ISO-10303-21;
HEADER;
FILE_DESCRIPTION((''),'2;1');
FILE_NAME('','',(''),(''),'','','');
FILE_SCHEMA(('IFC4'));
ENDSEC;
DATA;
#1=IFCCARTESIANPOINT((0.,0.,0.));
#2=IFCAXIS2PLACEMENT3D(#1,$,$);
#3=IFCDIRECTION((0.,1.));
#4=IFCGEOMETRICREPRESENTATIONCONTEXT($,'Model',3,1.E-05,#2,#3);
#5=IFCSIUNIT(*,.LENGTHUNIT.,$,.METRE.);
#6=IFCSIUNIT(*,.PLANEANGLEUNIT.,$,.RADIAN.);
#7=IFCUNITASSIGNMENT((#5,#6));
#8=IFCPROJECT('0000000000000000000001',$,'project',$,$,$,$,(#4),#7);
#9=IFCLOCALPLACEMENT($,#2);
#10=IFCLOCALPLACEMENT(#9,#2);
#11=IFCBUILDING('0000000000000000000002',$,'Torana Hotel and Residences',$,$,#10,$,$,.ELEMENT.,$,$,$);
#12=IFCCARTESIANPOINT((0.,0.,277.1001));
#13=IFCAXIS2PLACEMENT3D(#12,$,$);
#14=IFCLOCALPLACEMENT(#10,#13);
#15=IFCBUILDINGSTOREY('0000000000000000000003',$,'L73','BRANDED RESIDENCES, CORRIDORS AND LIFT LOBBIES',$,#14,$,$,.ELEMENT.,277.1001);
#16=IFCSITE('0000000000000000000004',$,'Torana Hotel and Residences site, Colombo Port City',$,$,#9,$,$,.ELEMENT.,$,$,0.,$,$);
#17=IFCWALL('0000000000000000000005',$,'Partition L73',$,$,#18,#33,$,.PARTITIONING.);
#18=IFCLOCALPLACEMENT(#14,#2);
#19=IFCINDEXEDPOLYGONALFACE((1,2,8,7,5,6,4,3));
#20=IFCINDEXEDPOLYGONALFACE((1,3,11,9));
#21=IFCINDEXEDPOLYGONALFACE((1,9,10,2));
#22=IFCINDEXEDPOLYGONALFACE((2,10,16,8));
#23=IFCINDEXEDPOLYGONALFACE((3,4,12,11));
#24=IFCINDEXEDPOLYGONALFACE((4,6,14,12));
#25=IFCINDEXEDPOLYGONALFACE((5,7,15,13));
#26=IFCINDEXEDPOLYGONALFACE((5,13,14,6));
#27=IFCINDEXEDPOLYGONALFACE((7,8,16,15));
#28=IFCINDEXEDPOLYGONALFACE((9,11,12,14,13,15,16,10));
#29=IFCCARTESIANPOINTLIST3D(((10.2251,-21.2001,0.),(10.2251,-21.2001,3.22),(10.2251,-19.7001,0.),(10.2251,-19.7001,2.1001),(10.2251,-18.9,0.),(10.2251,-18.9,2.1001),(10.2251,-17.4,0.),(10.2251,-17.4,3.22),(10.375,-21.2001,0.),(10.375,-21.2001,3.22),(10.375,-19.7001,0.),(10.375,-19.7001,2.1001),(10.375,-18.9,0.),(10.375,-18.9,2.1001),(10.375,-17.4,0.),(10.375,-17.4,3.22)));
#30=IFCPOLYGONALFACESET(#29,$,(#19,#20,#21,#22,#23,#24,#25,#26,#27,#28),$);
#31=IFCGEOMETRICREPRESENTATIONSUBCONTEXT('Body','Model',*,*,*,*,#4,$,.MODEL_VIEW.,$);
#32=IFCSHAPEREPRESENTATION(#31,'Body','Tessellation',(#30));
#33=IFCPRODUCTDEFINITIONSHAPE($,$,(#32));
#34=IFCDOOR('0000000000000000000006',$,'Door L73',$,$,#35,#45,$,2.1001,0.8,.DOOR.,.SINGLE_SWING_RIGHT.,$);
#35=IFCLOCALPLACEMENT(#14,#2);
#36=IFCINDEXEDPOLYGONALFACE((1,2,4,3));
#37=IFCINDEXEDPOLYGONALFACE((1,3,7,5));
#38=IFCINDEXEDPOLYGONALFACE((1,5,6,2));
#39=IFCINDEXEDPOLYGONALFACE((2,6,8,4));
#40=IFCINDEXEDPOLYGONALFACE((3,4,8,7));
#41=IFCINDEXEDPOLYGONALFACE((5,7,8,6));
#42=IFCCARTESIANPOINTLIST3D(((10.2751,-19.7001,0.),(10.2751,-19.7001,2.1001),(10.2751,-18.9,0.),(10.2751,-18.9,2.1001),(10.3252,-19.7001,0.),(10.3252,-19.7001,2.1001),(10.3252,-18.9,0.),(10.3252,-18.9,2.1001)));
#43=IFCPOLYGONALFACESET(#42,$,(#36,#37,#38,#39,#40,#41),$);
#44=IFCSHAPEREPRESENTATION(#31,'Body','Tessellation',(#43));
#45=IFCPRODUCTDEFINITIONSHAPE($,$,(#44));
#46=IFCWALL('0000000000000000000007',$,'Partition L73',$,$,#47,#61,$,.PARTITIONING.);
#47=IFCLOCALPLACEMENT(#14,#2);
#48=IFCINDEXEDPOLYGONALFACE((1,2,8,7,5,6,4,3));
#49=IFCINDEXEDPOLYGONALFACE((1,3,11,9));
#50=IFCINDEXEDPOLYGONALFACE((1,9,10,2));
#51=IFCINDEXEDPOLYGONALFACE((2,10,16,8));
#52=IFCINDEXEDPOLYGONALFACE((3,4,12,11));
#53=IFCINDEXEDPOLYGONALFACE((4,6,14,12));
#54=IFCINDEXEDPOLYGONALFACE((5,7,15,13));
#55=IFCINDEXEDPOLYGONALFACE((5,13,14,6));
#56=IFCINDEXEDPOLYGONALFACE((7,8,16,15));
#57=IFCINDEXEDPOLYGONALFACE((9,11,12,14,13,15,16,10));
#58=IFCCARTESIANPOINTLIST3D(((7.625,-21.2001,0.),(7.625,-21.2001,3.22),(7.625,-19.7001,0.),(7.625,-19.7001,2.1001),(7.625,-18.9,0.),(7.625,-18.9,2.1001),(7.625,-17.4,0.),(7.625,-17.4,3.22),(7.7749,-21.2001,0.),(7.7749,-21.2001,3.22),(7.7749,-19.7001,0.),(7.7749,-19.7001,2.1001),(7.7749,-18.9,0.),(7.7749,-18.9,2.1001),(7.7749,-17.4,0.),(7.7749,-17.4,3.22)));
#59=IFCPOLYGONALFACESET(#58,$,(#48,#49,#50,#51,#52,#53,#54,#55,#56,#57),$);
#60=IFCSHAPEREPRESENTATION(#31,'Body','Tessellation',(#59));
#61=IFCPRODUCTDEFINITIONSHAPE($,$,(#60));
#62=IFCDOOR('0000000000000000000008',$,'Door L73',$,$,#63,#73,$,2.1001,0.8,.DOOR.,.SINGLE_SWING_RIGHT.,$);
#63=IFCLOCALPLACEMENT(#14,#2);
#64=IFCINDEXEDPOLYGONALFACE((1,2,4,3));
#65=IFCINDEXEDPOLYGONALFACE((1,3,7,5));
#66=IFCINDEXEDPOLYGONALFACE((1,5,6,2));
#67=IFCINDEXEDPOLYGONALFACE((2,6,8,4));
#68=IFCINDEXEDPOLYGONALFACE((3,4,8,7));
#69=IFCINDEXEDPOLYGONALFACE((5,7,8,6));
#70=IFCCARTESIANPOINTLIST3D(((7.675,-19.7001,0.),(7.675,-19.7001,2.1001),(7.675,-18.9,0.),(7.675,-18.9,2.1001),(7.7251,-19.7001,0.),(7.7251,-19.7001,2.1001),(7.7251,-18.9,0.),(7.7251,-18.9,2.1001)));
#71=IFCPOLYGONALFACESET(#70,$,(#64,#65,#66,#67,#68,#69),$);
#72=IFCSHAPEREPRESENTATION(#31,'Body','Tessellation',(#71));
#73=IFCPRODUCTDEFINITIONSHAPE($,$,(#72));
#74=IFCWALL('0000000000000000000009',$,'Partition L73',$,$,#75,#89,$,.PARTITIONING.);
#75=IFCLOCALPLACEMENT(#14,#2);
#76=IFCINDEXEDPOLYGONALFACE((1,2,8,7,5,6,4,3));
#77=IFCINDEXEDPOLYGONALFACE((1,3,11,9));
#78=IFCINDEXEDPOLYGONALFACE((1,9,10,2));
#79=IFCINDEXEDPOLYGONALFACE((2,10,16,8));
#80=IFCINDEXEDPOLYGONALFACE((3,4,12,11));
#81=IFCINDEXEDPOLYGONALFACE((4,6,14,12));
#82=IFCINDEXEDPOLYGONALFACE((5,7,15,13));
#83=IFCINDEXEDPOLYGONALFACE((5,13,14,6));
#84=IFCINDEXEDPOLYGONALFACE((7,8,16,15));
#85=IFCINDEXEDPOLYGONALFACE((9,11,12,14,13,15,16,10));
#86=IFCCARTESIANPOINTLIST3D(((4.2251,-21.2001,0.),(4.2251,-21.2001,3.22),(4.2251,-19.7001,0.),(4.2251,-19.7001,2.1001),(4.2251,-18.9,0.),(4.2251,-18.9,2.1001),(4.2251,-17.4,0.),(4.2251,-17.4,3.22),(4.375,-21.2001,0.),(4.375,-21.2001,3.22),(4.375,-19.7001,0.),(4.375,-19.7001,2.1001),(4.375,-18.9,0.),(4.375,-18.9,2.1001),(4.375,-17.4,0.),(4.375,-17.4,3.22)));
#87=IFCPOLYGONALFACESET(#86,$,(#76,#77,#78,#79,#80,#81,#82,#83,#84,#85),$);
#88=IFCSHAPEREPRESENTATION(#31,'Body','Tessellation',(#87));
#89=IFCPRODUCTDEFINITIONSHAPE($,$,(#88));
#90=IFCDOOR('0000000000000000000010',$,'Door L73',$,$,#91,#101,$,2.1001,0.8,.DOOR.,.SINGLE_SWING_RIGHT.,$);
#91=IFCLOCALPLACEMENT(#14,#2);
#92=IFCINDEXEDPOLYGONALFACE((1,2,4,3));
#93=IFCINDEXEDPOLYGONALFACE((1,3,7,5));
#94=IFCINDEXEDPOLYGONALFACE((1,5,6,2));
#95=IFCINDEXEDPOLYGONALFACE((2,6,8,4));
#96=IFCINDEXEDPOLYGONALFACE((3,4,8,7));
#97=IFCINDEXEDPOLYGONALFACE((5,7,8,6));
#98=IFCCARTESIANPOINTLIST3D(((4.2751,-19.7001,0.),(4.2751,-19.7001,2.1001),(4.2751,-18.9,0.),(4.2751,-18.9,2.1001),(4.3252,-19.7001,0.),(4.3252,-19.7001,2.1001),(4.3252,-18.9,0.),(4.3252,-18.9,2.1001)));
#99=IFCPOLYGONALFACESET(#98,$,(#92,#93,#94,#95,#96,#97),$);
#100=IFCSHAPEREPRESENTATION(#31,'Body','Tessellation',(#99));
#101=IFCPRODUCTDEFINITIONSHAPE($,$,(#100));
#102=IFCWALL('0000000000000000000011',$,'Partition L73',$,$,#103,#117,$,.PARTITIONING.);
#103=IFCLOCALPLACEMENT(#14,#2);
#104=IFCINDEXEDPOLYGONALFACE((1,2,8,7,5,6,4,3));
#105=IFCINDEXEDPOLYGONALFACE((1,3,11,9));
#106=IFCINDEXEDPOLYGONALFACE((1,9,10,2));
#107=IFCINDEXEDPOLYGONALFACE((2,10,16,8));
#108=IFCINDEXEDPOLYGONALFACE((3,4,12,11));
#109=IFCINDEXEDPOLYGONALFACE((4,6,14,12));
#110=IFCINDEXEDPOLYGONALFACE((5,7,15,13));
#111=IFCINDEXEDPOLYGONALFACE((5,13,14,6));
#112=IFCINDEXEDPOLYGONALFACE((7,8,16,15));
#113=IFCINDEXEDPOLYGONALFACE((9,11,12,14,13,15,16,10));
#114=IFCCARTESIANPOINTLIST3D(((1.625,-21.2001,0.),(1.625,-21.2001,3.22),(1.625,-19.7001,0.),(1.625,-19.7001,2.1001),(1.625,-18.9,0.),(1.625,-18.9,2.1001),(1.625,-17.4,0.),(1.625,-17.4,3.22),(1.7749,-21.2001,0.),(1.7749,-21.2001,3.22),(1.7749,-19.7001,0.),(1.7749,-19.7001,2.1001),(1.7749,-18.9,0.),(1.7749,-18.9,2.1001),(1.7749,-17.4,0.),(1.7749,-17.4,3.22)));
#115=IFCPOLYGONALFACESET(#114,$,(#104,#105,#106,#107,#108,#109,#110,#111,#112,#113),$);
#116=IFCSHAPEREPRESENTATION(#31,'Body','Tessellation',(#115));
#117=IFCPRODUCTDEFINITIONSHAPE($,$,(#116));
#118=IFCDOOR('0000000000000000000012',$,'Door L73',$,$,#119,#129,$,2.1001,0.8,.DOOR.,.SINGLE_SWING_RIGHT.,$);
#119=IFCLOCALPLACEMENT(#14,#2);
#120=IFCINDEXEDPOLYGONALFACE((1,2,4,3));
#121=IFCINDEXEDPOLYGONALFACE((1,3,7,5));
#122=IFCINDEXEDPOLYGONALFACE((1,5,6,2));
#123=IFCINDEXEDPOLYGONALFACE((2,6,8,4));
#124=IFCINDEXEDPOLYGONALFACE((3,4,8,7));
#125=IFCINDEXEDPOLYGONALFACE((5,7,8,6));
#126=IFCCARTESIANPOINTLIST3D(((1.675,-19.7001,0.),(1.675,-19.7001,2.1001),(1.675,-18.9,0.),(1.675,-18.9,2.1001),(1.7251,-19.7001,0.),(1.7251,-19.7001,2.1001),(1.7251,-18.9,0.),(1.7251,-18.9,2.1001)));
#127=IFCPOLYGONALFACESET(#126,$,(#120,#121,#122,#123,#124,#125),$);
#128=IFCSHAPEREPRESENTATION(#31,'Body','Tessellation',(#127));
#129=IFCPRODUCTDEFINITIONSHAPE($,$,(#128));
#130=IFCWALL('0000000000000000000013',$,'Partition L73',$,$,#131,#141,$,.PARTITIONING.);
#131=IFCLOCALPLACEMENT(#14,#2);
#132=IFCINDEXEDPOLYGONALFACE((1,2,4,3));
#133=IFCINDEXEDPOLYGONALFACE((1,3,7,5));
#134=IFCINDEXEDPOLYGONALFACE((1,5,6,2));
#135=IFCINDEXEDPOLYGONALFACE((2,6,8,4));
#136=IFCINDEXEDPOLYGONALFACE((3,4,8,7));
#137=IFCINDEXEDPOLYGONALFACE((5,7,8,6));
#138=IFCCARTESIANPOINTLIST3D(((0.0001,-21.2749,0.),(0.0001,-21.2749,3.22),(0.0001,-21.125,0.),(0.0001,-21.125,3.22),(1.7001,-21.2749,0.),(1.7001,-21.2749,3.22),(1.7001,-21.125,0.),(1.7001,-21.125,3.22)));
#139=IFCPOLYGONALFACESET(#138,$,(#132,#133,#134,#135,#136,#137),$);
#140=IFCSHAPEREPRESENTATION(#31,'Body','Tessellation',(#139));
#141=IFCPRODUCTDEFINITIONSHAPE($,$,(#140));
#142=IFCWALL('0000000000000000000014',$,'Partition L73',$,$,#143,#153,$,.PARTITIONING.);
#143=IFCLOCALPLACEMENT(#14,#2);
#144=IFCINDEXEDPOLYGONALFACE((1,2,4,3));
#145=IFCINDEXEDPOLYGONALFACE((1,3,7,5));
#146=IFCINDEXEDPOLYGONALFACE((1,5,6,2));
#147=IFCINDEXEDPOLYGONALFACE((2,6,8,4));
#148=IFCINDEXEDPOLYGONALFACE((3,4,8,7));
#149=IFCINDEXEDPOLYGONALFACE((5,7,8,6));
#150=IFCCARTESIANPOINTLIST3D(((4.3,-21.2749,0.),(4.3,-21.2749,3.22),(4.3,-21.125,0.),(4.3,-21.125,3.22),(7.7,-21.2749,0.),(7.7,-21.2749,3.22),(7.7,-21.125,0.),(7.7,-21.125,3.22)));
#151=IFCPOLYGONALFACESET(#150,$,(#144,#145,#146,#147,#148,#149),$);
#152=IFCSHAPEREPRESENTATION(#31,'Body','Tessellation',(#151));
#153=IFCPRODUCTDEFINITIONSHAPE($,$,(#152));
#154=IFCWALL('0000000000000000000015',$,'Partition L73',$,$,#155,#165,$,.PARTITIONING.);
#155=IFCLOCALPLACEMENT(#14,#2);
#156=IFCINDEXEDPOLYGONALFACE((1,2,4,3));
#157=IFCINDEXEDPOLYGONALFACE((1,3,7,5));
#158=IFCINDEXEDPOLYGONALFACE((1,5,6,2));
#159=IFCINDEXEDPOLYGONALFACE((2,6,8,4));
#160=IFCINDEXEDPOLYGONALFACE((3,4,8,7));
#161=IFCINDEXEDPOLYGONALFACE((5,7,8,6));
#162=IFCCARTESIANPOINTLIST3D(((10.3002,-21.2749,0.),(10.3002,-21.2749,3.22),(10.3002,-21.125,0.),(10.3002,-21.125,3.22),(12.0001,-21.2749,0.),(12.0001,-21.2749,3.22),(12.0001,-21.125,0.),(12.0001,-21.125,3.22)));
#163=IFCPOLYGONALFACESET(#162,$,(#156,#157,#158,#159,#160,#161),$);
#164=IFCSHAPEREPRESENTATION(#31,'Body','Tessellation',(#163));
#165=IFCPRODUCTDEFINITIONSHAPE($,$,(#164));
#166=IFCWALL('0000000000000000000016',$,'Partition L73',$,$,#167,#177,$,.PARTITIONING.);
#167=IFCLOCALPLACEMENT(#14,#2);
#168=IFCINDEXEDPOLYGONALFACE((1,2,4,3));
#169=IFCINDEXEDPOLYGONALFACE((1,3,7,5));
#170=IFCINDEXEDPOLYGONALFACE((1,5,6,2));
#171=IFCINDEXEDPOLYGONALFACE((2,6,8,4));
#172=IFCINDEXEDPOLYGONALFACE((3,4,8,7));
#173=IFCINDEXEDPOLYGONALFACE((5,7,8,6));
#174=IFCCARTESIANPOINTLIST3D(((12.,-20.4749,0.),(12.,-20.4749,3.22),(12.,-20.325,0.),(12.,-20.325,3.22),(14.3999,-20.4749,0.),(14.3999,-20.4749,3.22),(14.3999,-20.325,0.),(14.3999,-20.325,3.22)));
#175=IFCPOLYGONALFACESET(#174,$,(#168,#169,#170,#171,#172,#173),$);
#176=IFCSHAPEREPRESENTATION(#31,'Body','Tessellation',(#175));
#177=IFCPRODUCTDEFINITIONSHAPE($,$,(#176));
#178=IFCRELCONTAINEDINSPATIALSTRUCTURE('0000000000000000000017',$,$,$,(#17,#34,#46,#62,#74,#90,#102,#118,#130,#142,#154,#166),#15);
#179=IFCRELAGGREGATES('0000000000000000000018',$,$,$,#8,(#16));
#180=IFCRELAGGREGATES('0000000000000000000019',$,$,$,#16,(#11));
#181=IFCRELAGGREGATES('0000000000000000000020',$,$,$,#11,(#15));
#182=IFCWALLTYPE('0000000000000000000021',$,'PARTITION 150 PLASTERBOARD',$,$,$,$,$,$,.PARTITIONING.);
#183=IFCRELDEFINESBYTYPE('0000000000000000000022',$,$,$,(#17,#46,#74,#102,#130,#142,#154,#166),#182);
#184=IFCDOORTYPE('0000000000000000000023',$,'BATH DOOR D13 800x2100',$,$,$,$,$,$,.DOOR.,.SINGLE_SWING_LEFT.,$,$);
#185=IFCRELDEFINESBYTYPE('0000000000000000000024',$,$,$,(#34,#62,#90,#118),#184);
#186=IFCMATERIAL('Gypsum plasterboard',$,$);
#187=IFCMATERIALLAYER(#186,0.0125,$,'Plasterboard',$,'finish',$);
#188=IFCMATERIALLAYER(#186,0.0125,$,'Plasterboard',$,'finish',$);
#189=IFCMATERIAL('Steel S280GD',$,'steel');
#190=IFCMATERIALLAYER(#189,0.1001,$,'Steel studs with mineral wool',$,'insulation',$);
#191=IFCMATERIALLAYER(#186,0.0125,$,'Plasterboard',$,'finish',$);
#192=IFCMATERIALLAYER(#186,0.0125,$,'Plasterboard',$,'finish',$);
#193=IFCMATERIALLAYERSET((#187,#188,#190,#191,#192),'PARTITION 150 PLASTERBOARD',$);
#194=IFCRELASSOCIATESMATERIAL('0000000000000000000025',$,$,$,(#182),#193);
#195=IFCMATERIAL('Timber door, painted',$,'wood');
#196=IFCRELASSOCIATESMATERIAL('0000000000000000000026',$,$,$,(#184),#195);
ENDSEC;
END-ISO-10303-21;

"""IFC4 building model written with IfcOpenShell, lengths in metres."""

from ifc_helpers import new_model, si_unit, direction, frame, frame_2d, origin, place, context, subcontext, project, spatial, rectangle, extrude, material, layer, layer_set, type_object, element, fill, save


model = new_model("IFC4")

# Units and contexts
model_context = context("Model", 3, precision=1e-05, world=origin(), true_north=direction((0.0, 1.0)))
body_context = subcontext(model_context, "Body", "Model", "MODEL_VIEW")
ifc_project = project(units=[si_unit("LENGTHUNIT", "METRE"), si_unit("PLANEANGLEUNIT", "RADIAN")], contexts=[model_context])

# Site, building, storey
site_placement = place(None, origin())
site = spatial("IfcSite", under=ifc_project, at=site_placement, Name="Torana Hotel and Residences site, Colombo Port City", CompositionType="ELEMENT", RefElevation=0.0)
building_placement = place(site_placement, origin())
building = spatial("IfcBuilding", under=site, at=building_placement, Name="Torana Hotel and Residences", CompositionType="ELEMENT")
storey_placement = place(building_placement, frame((0.0, 0.0, 277.1001)))
storey = spatial("IfcBuildingStorey", under=building, at=storey_placement, Name="L73", Description="BRANDED RESIDENCES, CORRIDORS AND LIFT LOBBIES", CompositionType="ELEMENT", Elevation=277.1001)

# Walls, openings, doors
ifc_material_1 = material(Name="Gypsum plasterboard")
ifc_layer_1 = layer(ifc_material_1, 0.0125, Name="Plasterboard", Category="finish")
ifc_layer_2 = layer(ifc_material_1, 0.0125, Name="Plasterboard", Category="finish")
ifc_material_2 = material(Name="Steel S280GD", Category="steel")
ifc_layer_3 = layer(ifc_material_2, 0.1001, Name="Steel studs with mineral wool", Category="insulation")
ifc_layer_4 = layer(ifc_material_1, 0.0125, Name="Plasterboard", Category="finish")
ifc_layer_5 = layer(ifc_material_1, 0.0125, Name="Plasterboard", Category="finish")
ifc_layer_set_1 = layer_set([ifc_layer_1, ifc_layer_2, ifc_layer_3, ifc_layer_4, ifc_layer_5], Name="PARTITION 150 PLASTERBOARD")
wall_type_1 = type_object("IfcWallType", Name="PARTITION 150 PLASTERBOARD", PredefinedType="PARTITIONING", material=ifc_layer_set_1)
wall_1_placement = place(storey_placement, frame((10.3, -21.2, 0.0), z_axis=(0.0, 0.0, 1.0), x_axis=(0.0, 1.0, 0.0)))
wall_1 = element("IfcWall", 1, at=wall_1_placement, inside=storey, type_object=wall_type_1, Name="Partition L73", PredefinedType="PARTITIONING", context=body_context, shape_type="SweptSolid", body=[
    extrude(rectangle(XDim=3.8, YDim=0.1499, at=frame_2d((1.8999, 0.0))), origin(), (0.0, 0.0, 1.0), 3.22),
])
opening_1_placement = place(wall_1_placement, frame((1.5, 0.0, 0.0)))
opening_1 = element("IfcOpeningElement", 2, at=opening_1_placement, cuts=wall_1, PredefinedType="OPENING", context=body_context, shape_type="SweptSolid", body=[
    extrude(rectangle(XDim=0.8, YDim=2.1001, at=frame_2d((0.3999, 1.05))), frame((0.0, 0.085, 0.0), z_axis=(0.0, -1.0, 0.0), x_axis=(1.0, 0.0, 0.0)), (0.0, 0.0, 1.0), 0.1699),
])
ifc_material_3 = material(Name="Timber door, painted", Category="wood")
door_type_1 = type_object("IfcDoorType", Name="BATH DOOR D13 800x2100", OperationType="SINGLE_SWING_LEFT", PredefinedType="DOOR", material=ifc_material_3)
door_1_placement = place(opening_1_placement, origin())
door_1 = element("IfcDoor", 3, at=door_1_placement, inside=storey, type_object=door_type_1, Name="Door L73", OperationType="SINGLE_SWING_RIGHT", OverallHeight=2.1001, OverallWidth=0.8, PredefinedType="DOOR", context=body_context, shape_type="SweptSolid", body=[
    extrude(rectangle(XDim=0.8, YDim=2.1001, at=frame_2d((0.3999, 1.05))), frame((0.0, 0.0249, 0.0), z_axis=(0.0, -1.0, 0.0), x_axis=(1.0, 0.0, 0.0)), (0.0, 0.0, 1.0), 0.05),
])
fill(opening_1, door_1)
wall_2_placement = place(storey_placement, frame((7.7, -21.2, 0.0), z_axis=(0.0, 0.0, 1.0), x_axis=(0.0, 1.0, 0.0)))
wall_2 = element("IfcWall", 4, at=wall_2_placement, inside=storey, type_object=wall_type_1, Name="Partition L73", PredefinedType="PARTITIONING", context=body_context, shape_type="SweptSolid", body=[
    extrude(rectangle(XDim=3.8, YDim=0.1499, at=frame_2d((1.8999, 0.0))), origin(), (0.0, 0.0, 1.0), 3.22),
])
opening_2_placement = place(wall_2_placement, frame((1.5, 0.0, 0.0)))
opening_2 = element("IfcOpeningElement", 5, at=opening_2_placement, cuts=wall_2, PredefinedType="OPENING", context=body_context, shape_type="SweptSolid", body=[
    extrude(rectangle(XDim=0.8, YDim=2.1001, at=frame_2d((0.3999, 1.05))), frame((0.0, 0.085, 0.0), z_axis=(0.0, -1.0, 0.0), x_axis=(1.0, 0.0, 0.0)), (0.0, 0.0, 1.0), 0.1699),
])
door_2_placement = place(opening_2_placement, origin())
door_2 = element("IfcDoor", 6, at=door_2_placement, inside=storey, type_object=door_type_1, Name="Door L73", OperationType="SINGLE_SWING_RIGHT", OverallHeight=2.1001, OverallWidth=0.8, PredefinedType="DOOR", context=body_context, shape_type="SweptSolid", body=[
    extrude(rectangle(XDim=0.8, YDim=2.1001, at=frame_2d((0.3999, 1.05))), frame((0.0, 0.0249, 0.0), z_axis=(0.0, -1.0, 0.0), x_axis=(1.0, 0.0, 0.0)), (0.0, 0.0, 1.0), 0.05),
])
fill(opening_2, door_2)
wall_3_placement = place(storey_placement, frame((4.3, -21.2, 0.0), z_axis=(0.0, 0.0, 1.0), x_axis=(0.0, 1.0, 0.0)))
wall_3 = element("IfcWall", 7, at=wall_3_placement, inside=storey, type_object=wall_type_1, Name="Partition L73", PredefinedType="PARTITIONING", context=body_context, shape_type="SweptSolid", body=[
    extrude(rectangle(XDim=3.8, YDim=0.1499, at=frame_2d((1.8999, 0.0))), origin(), (0.0, 0.0, 1.0), 3.22),
])
opening_3_placement = place(wall_3_placement, frame((1.5, 0.0, 0.0)))
opening_3 = element("IfcOpeningElement", 8, at=opening_3_placement, cuts=wall_3, PredefinedType="OPENING", context=body_context, shape_type="SweptSolid", body=[
    extrude(rectangle(XDim=0.8, YDim=2.1001, at=frame_2d((0.3999, 1.05))), frame((0.0, 0.085, 0.0), z_axis=(0.0, -1.0, 0.0), x_axis=(1.0, 0.0, 0.0)), (0.0, 0.0, 1.0), 0.1699),
])
door_3_placement = place(opening_3_placement, origin())
door_3 = element("IfcDoor", 9, at=door_3_placement, inside=storey, type_object=door_type_1, Name="Door L73", OperationType="SINGLE_SWING_RIGHT", OverallHeight=2.1001, OverallWidth=0.8, PredefinedType="DOOR", context=body_context, shape_type="SweptSolid", body=[
    extrude(rectangle(XDim=0.8, YDim=2.1001, at=frame_2d((0.3999, 1.05))), frame((0.0, 0.0249, 0.0), z_axis=(0.0, -1.0, 0.0), x_axis=(1.0, 0.0, 0.0)), (0.0, 0.0, 1.0), 0.05),
])
fill(opening_3, door_3)
wall_4_placement = place(storey_placement, frame((1.7, -21.2, 0.0), z_axis=(0.0, 0.0, 1.0), x_axis=(0.0, 1.0, 0.0)))
wall_4 = element("IfcWall", 10, at=wall_4_placement, inside=storey, type_object=wall_type_1, Name="Partition L73", PredefinedType="PARTITIONING", context=body_context, shape_type="SweptSolid", body=[
    extrude(rectangle(XDim=3.8, YDim=0.1499, at=frame_2d((1.8999, 0.0))), origin(), (0.0, 0.0, 1.0), 3.22),
])
opening_4_placement = place(wall_4_placement, frame((1.5, 0.0, 0.0)))
opening_4 = element("IfcOpeningElement", 11, at=opening_4_placement, cuts=wall_4, PredefinedType="OPENING", context=body_context, shape_type="SweptSolid", body=[
    extrude(rectangle(XDim=0.8, YDim=2.1001, at=frame_2d((0.3999, 1.05))), frame((0.0, 0.085, 0.0), z_axis=(0.0, -1.0, 0.0), x_axis=(1.0, 0.0, 0.0)), (0.0, 0.0, 1.0), 0.1699),
])
door_4_placement = place(opening_4_placement, origin())
door_4 = element("IfcDoor", 12, at=door_4_placement, inside=storey, type_object=door_type_1, Name="Door L73", OperationType="SINGLE_SWING_RIGHT", OverallHeight=2.1001, OverallWidth=0.8, PredefinedType="DOOR", context=body_context, shape_type="SweptSolid", body=[
    extrude(rectangle(XDim=0.8, YDim=2.1001, at=frame_2d((0.3999, 1.05))), frame((0.0, 0.0249, 0.0), z_axis=(0.0, -1.0, 0.0), x_axis=(1.0, 0.0, 0.0)), (0.0, 0.0, 1.0), 0.05),
])
fill(opening_4, door_4)

# Walls
wall_5_placement = place(storey_placement, frame((0.0, -21.2, 0.0), z_axis=(0.0, 0.0, 1.0), x_axis=(1.0, 0.0, 0.0)))
element("IfcWall", 13, at=wall_5_placement, inside=storey, type_object=wall_type_1, Name="Partition L73", PredefinedType="PARTITIONING", context=body_context, shape_type="SweptSolid", body=[
    extrude(rectangle(XDim=1.7, YDim=0.1499, at=frame_2d((0.8501, 0.0))), origin(), (0.0, 0.0, 1.0), 3.22),
])
wall_6_placement = place(storey_placement, frame((4.3, -21.2, 0.0), z_axis=(0.0, 0.0, 1.0), x_axis=(1.0, 0.0, 0.0)))
element("IfcWall", 14, at=wall_6_placement, inside=storey, type_object=wall_type_1, Name="Partition L73", PredefinedType="PARTITIONING", context=body_context, shape_type="SweptSolid", body=[
    extrude(rectangle(XDim=3.3999, YDim=0.1499, at=frame_2d((1.7, 0.0))), origin(), (0.0, 0.0, 1.0), 3.22),
])
wall_7_placement = place(storey_placement, frame((10.3, -21.2, 0.0), z_axis=(0.0, 0.0, 1.0), x_axis=(1.0, 0.0, 0.0)))
element("IfcWall", 15, at=wall_7_placement, inside=storey, type_object=wall_type_1, Name="Partition L73", PredefinedType="PARTITIONING", context=body_context, shape_type="SweptSolid", body=[
    extrude(rectangle(XDim=1.7, YDim=0.1499, at=frame_2d((0.8501, 0.0))), origin(), (0.0, 0.0, 1.0), 3.22),
])
wall_8_placement = place(storey_placement, frame((12.0, -20.3999, 0.0), z_axis=(0.0, 0.0, 1.0), x_axis=(1.0, 0.0, 0.0)))
element("IfcWall", 16, at=wall_8_placement, inside=storey, type_object=wall_type_1, Name="Partition L73", PredefinedType="PARTITIONING", context=body_context, shape_type="SweptSolid", body=[
    extrude(rectangle(XDim=2.3999, YDim=0.1499, at=frame_2d((1.2, 0.0))), origin(), (0.0, 0.0, 1.0), 3.22),
])

save(model, "model.ifc")
